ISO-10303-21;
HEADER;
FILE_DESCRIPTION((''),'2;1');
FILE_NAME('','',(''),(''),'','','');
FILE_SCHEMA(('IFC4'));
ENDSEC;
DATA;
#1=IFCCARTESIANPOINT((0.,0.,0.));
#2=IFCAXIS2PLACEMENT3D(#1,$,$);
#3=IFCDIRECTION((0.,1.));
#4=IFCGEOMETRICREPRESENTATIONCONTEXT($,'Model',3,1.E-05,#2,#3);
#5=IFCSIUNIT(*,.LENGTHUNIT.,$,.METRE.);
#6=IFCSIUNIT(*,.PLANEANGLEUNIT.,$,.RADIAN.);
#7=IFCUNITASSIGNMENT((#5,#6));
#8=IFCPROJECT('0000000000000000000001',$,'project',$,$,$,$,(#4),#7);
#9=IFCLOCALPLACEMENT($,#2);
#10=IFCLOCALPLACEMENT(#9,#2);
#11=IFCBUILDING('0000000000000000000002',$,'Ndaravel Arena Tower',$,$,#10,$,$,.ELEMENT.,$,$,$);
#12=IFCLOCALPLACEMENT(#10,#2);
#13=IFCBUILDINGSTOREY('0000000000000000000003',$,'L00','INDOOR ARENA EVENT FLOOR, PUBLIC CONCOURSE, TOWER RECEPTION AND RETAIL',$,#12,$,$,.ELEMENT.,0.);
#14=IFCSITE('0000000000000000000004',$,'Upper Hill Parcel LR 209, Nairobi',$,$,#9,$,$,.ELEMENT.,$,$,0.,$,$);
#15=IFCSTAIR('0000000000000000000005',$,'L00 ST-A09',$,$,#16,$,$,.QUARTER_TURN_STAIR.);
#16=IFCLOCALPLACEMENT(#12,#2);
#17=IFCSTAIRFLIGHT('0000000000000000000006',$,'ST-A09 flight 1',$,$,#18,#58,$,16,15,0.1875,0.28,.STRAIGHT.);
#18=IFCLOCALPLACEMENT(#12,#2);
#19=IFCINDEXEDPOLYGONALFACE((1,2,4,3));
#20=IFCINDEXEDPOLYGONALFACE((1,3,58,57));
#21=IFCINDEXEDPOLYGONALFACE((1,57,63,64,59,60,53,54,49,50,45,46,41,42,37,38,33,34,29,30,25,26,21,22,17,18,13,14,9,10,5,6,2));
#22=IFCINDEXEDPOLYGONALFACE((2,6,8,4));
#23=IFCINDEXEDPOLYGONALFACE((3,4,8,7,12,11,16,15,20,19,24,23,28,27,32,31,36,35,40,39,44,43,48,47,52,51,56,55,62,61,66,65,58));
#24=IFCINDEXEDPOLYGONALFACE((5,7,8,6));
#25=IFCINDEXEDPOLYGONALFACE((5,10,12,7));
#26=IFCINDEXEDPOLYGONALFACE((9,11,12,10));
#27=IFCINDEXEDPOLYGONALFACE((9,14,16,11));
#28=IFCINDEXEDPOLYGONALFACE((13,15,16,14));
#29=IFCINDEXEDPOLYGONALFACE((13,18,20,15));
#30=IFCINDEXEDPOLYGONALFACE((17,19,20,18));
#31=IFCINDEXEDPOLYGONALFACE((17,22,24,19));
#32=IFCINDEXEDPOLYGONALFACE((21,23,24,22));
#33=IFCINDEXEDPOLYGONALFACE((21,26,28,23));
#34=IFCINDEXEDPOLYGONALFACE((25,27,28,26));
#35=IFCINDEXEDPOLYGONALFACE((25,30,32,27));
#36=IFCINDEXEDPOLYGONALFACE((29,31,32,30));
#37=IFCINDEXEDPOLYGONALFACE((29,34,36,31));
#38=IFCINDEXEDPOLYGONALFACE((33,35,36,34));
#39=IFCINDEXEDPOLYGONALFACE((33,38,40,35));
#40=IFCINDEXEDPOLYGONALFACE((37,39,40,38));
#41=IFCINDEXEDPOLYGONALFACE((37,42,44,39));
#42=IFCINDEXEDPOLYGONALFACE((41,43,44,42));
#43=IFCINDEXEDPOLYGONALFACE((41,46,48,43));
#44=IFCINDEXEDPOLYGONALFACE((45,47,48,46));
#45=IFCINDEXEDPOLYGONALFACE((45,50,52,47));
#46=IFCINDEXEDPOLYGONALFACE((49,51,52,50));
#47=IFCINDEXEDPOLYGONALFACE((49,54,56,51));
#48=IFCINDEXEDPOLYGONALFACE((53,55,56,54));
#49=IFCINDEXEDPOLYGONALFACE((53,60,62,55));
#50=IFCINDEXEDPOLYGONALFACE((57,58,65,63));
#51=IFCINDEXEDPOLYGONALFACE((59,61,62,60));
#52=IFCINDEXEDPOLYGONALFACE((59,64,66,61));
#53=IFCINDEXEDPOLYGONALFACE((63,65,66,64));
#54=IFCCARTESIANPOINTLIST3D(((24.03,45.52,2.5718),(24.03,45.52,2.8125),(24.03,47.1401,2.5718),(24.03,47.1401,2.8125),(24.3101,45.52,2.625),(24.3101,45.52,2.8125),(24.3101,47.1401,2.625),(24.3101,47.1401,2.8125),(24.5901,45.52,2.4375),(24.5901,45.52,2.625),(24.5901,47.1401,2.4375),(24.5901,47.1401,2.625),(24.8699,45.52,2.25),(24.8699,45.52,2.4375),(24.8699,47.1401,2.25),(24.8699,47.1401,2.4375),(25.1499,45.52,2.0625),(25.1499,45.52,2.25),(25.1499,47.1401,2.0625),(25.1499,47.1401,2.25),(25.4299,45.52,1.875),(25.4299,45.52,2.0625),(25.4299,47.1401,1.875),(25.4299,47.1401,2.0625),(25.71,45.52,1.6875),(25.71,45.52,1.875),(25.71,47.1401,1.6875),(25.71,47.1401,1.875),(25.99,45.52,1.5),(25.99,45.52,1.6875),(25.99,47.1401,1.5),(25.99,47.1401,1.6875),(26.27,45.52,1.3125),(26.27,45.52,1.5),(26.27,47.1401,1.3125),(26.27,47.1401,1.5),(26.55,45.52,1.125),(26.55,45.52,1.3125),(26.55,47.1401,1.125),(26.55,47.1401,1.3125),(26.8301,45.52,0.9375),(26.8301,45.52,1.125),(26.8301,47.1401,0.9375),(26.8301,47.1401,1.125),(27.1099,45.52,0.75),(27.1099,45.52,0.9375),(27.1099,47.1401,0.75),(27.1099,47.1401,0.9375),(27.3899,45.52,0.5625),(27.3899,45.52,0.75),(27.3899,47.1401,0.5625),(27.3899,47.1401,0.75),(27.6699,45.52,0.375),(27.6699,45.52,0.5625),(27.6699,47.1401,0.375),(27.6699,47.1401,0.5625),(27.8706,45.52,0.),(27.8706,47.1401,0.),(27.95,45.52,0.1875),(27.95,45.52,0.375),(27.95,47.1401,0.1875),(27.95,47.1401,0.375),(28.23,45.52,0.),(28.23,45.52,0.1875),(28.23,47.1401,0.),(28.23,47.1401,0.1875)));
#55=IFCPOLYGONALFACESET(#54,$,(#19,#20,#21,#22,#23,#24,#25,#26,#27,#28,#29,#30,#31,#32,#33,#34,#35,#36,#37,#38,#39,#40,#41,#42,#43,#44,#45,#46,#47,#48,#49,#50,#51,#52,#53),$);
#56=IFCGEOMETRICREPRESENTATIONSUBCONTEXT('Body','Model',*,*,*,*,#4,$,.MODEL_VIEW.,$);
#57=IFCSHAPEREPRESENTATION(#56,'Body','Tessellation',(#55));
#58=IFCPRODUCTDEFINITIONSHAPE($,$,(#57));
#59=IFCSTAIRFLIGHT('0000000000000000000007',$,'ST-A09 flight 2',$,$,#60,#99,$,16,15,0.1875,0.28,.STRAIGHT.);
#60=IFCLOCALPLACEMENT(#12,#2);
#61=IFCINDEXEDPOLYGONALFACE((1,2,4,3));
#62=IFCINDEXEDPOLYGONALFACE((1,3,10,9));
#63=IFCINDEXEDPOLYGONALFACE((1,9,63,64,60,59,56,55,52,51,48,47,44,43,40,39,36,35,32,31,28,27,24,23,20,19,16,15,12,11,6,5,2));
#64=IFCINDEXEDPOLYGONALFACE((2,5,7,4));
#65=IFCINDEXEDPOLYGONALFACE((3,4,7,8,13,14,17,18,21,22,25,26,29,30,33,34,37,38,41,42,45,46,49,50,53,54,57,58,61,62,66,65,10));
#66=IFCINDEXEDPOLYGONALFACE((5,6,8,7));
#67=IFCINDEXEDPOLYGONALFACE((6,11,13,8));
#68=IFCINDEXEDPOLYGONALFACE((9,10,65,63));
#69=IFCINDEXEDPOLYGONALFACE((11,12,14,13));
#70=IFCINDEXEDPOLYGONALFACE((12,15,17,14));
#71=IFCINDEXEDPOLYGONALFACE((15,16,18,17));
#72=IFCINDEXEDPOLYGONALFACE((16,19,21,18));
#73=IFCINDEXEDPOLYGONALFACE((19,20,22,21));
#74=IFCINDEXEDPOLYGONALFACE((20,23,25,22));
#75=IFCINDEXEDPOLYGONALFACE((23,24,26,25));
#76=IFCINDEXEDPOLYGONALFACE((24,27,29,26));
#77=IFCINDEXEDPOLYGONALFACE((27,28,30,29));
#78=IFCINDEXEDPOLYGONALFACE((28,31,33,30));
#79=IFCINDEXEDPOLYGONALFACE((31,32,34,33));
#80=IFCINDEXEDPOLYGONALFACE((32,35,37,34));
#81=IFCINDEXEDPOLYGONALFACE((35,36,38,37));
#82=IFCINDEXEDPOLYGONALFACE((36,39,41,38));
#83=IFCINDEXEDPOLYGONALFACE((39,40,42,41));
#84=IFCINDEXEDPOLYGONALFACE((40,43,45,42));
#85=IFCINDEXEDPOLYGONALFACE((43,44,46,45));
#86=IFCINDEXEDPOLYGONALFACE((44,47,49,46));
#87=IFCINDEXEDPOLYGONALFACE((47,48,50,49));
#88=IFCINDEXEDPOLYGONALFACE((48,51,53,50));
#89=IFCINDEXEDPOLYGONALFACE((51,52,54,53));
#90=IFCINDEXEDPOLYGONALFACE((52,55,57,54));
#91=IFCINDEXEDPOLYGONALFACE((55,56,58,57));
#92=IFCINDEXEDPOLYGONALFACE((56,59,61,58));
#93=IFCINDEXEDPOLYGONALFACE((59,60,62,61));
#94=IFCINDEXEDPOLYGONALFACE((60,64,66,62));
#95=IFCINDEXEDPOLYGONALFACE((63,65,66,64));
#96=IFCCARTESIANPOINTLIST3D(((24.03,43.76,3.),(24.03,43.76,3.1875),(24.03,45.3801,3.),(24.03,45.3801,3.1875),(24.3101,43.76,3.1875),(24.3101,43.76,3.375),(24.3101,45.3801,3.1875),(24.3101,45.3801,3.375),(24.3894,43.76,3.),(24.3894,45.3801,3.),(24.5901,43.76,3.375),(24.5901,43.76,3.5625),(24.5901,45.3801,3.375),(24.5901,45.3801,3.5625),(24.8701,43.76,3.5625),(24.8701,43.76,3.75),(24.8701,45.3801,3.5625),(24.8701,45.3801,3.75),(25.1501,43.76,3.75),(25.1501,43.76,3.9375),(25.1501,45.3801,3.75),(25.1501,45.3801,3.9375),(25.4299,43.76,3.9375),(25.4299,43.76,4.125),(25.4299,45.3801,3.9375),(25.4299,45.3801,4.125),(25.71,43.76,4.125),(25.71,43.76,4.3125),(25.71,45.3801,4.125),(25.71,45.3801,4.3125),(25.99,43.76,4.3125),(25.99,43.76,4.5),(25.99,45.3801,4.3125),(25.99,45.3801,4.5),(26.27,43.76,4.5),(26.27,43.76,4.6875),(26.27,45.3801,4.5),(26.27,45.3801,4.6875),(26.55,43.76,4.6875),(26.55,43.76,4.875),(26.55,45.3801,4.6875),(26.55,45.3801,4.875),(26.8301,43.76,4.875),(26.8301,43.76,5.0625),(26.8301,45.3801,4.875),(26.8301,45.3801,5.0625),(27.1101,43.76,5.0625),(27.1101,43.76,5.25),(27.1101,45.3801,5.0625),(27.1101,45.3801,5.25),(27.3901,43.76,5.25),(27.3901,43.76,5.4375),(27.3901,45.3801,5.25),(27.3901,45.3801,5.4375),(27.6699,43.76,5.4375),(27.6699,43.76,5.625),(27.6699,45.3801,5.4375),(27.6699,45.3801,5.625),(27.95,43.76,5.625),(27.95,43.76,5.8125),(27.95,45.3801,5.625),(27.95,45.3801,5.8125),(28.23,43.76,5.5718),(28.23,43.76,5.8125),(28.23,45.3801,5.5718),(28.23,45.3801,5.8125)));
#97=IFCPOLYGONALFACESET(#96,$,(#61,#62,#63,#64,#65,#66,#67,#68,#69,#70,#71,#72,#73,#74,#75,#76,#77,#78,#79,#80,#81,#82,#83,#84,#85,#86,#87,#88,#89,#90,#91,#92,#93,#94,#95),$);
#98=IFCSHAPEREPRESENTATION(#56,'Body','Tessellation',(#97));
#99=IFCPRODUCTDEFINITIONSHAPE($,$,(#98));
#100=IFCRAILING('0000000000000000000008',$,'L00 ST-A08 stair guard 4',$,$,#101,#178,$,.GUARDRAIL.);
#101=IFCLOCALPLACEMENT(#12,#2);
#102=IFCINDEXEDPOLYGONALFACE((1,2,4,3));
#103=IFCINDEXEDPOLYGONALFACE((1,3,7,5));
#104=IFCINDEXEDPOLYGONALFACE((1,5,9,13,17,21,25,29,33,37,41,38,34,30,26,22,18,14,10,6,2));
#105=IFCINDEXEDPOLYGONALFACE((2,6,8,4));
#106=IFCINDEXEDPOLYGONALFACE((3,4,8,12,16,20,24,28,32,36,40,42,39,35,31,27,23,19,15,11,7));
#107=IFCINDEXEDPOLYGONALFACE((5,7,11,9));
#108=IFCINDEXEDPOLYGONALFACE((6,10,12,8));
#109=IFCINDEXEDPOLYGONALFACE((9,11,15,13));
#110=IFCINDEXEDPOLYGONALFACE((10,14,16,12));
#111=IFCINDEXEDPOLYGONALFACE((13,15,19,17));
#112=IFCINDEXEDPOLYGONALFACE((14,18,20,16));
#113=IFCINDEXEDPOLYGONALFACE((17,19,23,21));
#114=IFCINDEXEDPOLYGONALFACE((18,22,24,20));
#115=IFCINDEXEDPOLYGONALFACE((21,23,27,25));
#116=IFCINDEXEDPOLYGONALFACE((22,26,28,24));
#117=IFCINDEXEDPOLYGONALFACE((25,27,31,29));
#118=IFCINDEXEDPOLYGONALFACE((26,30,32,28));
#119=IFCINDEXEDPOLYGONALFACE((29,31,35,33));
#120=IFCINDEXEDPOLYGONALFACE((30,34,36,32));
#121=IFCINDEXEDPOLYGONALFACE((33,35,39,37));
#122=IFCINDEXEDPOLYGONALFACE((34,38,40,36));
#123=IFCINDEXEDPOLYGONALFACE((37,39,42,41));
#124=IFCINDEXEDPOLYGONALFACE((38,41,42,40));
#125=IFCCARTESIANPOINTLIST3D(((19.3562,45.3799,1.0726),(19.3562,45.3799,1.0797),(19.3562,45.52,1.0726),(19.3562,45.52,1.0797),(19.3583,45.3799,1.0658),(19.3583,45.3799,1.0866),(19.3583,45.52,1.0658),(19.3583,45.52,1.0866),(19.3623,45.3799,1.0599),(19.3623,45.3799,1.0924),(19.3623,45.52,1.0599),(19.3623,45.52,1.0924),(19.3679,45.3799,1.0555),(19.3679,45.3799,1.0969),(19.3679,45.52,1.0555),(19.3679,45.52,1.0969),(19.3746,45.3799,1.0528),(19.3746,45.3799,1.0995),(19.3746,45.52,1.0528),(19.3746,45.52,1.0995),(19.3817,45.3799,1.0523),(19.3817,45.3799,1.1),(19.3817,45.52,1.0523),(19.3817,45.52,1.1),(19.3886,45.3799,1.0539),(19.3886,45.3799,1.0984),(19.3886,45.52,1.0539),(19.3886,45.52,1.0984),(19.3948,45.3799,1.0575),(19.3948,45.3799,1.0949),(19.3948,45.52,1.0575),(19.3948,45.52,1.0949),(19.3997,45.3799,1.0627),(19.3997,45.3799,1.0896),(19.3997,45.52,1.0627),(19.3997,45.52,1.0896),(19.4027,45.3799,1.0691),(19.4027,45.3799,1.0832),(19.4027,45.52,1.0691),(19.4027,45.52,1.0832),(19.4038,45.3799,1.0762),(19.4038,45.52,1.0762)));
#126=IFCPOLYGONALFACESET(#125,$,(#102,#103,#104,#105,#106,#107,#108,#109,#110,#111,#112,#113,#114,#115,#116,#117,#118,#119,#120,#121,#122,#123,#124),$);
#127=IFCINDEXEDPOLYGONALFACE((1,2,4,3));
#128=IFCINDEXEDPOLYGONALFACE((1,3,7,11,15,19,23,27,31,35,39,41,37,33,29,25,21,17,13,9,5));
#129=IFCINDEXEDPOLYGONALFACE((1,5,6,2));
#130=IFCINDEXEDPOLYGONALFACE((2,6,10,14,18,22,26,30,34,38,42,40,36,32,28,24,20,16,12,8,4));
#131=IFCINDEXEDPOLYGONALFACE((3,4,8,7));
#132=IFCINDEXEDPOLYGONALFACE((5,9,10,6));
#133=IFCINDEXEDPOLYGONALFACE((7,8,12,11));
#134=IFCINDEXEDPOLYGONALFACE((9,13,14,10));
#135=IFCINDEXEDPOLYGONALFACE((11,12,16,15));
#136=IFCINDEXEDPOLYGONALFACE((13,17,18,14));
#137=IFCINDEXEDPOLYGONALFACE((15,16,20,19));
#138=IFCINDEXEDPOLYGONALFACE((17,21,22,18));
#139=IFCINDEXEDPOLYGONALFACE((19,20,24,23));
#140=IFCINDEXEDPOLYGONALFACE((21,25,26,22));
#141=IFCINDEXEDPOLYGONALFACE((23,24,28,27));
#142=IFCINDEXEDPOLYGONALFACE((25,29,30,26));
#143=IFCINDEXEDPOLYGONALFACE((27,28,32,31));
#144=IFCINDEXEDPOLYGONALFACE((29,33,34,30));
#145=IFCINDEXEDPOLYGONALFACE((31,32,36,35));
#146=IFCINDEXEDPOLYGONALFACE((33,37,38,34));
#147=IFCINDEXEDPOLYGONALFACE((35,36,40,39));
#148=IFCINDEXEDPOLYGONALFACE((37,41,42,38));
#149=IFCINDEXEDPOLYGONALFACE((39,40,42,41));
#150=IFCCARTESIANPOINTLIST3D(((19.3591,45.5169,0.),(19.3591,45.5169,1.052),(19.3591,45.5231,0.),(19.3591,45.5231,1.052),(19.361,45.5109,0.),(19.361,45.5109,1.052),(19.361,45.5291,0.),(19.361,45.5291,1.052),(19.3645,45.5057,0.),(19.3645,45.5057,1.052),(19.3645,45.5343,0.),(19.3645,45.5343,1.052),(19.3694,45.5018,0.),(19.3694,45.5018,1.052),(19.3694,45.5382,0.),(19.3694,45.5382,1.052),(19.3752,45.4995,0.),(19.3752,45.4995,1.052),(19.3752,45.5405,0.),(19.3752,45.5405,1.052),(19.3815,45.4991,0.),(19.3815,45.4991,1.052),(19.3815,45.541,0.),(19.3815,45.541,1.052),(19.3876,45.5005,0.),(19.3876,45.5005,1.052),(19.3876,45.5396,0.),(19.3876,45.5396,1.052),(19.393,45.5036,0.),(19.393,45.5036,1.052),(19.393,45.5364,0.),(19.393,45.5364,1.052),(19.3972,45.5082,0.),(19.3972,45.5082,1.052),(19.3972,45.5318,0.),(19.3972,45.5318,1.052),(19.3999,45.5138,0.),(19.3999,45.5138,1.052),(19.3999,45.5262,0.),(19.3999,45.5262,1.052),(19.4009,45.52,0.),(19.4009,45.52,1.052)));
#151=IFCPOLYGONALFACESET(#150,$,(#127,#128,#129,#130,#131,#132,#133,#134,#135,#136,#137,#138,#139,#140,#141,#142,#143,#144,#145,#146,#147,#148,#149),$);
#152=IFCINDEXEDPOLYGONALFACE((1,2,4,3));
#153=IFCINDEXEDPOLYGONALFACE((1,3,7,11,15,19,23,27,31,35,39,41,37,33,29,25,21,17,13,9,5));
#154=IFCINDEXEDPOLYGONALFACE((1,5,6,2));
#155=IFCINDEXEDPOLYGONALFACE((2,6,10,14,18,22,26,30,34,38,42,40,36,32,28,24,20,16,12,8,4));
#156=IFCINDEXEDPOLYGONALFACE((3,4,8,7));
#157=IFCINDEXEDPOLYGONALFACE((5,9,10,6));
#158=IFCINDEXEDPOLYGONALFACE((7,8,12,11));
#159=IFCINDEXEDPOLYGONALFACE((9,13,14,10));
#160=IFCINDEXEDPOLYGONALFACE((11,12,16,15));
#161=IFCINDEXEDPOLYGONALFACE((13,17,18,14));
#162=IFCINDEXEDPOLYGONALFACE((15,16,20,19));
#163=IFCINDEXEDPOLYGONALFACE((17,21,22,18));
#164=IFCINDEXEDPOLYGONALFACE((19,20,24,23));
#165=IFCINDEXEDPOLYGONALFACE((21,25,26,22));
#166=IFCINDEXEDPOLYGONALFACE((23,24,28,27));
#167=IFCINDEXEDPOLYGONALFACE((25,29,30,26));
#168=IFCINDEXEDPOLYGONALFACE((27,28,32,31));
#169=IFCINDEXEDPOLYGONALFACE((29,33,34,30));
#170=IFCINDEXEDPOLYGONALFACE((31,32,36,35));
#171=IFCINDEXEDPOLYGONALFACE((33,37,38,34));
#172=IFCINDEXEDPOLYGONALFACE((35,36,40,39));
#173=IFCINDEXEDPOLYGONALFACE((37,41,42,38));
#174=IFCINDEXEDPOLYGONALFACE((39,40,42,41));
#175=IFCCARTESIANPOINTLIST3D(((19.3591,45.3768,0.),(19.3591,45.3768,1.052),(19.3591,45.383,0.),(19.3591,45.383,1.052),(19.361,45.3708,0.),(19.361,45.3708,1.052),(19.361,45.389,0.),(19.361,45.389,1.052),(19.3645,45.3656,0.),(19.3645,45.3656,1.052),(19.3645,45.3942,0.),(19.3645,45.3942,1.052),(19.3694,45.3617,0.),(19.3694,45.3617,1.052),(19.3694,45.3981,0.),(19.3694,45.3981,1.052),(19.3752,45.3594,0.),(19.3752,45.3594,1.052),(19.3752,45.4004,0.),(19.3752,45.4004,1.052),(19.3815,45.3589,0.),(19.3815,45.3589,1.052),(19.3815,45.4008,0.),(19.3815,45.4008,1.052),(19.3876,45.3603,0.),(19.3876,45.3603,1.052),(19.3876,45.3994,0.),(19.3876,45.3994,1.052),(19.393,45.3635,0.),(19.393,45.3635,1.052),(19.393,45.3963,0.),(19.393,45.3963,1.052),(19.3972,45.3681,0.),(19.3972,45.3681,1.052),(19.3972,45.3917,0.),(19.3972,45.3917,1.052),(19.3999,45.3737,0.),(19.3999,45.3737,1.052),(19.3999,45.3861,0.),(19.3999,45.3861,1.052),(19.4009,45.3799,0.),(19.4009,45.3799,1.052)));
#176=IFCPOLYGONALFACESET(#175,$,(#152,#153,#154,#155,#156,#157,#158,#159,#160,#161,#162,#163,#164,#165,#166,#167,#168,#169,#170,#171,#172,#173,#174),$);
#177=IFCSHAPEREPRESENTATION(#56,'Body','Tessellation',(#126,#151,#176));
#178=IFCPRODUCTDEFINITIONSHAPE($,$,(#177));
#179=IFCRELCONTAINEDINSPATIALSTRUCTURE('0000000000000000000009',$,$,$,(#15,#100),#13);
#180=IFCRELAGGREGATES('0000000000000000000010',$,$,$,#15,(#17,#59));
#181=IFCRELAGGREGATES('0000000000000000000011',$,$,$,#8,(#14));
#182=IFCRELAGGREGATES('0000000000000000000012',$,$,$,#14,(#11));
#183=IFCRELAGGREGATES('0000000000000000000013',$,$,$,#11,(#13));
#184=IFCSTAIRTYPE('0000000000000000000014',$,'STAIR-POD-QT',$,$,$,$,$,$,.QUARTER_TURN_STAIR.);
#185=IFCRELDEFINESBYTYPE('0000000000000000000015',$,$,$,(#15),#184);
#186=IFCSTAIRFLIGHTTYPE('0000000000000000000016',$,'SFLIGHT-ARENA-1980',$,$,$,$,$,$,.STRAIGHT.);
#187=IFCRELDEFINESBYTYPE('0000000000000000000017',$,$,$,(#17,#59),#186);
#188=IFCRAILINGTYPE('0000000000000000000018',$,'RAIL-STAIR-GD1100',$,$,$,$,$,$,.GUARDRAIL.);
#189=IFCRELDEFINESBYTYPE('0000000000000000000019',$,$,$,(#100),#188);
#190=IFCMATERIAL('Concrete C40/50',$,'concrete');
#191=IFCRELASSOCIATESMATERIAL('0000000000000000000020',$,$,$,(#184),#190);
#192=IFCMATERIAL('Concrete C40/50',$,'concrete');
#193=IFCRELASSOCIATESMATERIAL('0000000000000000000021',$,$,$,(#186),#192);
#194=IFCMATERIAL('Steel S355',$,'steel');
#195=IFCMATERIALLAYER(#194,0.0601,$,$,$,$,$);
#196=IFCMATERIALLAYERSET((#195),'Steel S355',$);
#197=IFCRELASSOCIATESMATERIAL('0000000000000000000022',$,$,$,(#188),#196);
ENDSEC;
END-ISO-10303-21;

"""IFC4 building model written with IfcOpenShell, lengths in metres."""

from ifc_helpers import new_model, si_unit, direction, frame, origin, origin_2d, place, context, subcontext, project, spatial, polyline, circle, outline, extrude, material, layer, layer_set, type_object, element, aggregate, save


model = new_model("IFC4")

# Units and contexts
model_context = context("Model", 3, precision=1e-05, world=origin(), true_north=direction((0.0, 1.0)))
body_context = subcontext(model_context, "Body", "Model", "MODEL_VIEW")
ifc_project = project(units=[si_unit("LENGTHUNIT", "METRE"), si_unit("PLANEANGLEUNIT", "RADIAN")], contexts=[model_context])

# Site, building, storey
site_placement = place(None, origin())
site = spatial("IfcSite", under=ifc_project, at=site_placement, Name="Upper Hill Parcel LR 209, Nairobi", CompositionType="ELEMENT", RefElevation=0.0)
building_placement = place(site_placement, origin())
building = spatial("IfcBuilding", under=site, at=building_placement, Name="Ndaravel Arena Tower", CompositionType="ELEMENT")
storey_placement = place(building_placement, origin())
storey = spatial("IfcBuildingStorey", under=building, at=storey_placement, Name="L00", Description="INDOOR ARENA EVENT FLOOR, PUBLIC CONCOURSE, TOWER RECEPTION AND RETAIL", CompositionType="ELEMENT", Elevation=0.0)

# Shared definitions
ifc_material_1 = material(Name="Concrete C40/50", Category="concrete")
stair_type = type_object("IfcStairType", Name="STAIR-POD-QT", PredefinedType="QUARTER_TURN_STAIR", material=ifc_material_1)
ifc_material_2 = material(Name="Concrete C40/50", Category="concrete")
stair_flight_type = type_object("IfcStairFlightType", Name="SFLIGHT-ARENA-1980", PredefinedType="STRAIGHT", material=ifc_material_2)

# Stair, stair flights
stair_1_placement = place(storey_placement, origin())
stair_1 = element("IfcStair", 1, at=stair_1_placement, inside=storey, type_object=stair_type, Name="L00 ST-A09", PredefinedType="QUARTER_TURN_STAIR")
stair_flight_1_placement = place(storey_placement, frame((28.23, 46.3301, 0.0), z_axis=(0.0, 0.0, 1.0), x_axis=(-1.0, 0.0, 0.0)))
stair_flight_1 = element("IfcStairFlight", 2, at=stair_flight_1_placement, type_object=stair_flight_type, Name="ST-A09 flight 1", NumberOfRisers=16, NumberOfTreads=15, PredefinedType="STRAIGHT", RiserHeight=0.1875, TreadLength=0.28, context=body_context, shape_type="SweptSolid", body=[
    extrude(outline(polyline([(0.0, 0.0), (0.0, 0.1875), (0.28, 0.1875), (0.28, 0.375), (0.5601, 0.375), (0.5601, 0.5625), (0.8401, 0.5625), (0.8401, 0.75), (1.1201, 0.75), (1.1201, 0.9375), (1.3999, 0.9375), (1.3999, 1.125), (1.6799, 1.125), (1.6799, 1.3125), (1.96, 1.3125), (1.96, 1.5), (2.24, 1.5), (2.24, 1.6875), (2.52, 1.6875), (2.52, 1.875), (2.8, 1.875), (2.8, 2.0625), (3.0801, 2.0625), (3.0801, 2.25), (3.3601, 2.25), (3.3601, 2.4375), (3.6399, 2.4375), (3.6399, 2.625), (3.9199, 2.625), (3.9199, 2.8125), (4.2, 2.8125), (4.2, 3.0), (4.2, 2.5718), (0.3594, 0.0), (0.0, 0.0)])), frame((0.0, 0.8101, 0.0), z_axis=(0.0, -1.0, 0.0), x_axis=(1.0, 0.0, 0.0)), (0.0, 0.0, 1.0), 1.6201),
])
stair_flight_2_placement = place(storey_placement, frame((24.03, 44.5701, 3.0), z_axis=(0.0, 0.0, 1.0), x_axis=(1.0, 0.0, 0.0)))
stair_flight_2 = element("IfcStairFlight", 3, at=stair_flight_2_placement, type_object=stair_flight_type, Name="ST-A09 flight 2", NumberOfRisers=16, NumberOfTreads=15, PredefinedType="STRAIGHT", RiserHeight=0.1875, TreadLength=0.28, context=body_context, shape_type="SweptSolid", body=[
    extrude(outline(polyline([(0.0, 0.0), (0.0, 0.1875), (0.28, 0.1875), (0.28, 0.375), (0.5601, 0.375), (0.5601, 0.5625), (0.8401, 0.5625), (0.8401, 0.75), (1.1201, 0.75), (1.1201, 0.9375), (1.3999, 0.9375), (1.3999, 1.125), (1.6799, 1.125), (1.6799, 1.3125), (1.96, 1.3125), (1.96, 1.5), (2.24, 1.5), (2.24, 1.6875), (2.52, 1.6875), (2.52, 1.875), (2.8, 1.875), (2.8, 2.0625), (3.0801, 2.0625), (3.0801, 2.25), (3.3601, 2.25), (3.3601, 2.4375), (3.6399, 2.4375), (3.6399, 2.625), (3.9199, 2.625), (3.9199, 2.8125), (4.2, 2.8125), (4.2, 3.0), (4.2, 2.5718), (0.3594, 0.0), (0.0, 0.0)])), frame((0.0, 0.8101, 0.0), z_axis=(0.0, -1.0, 0.0), x_axis=(1.0, 0.0, 0.0)), (0.0, 0.0, 1.0), 1.6201),
])
aggregate(stair_1, [stair_flight_1, stair_flight_2])

# Railing
ifc_material_3 = material(Name="Steel S355", Category="steel")
ifc_layer_1 = layer(ifc_material_3, 0.0601)
ifc_layer_set_1 = layer_set([ifc_layer_1], Name="Steel S355")
railing_type_1 = type_object("IfcRailingType", Name="RAIL-STAIR-GD1100", PredefinedType="GUARDRAIL", material=ifc_layer_set_1)
railing_1_placement = place(storey_placement, frame((19.3799, 45.52, 0.0)))
element("IfcRailing", 4, at=railing_1_placement, inside=storey, type_object=railing_type_1, Name="L00 ST-A08 stair guard 4", PredefinedType="GUARDRAIL", context=body_context, shape_type="SweptSolid", body=[
    extrude(circle(Radius=0.0239, at=origin_2d()), frame((0.0, 0.0, 1.0762), z_axis=(0.0, -1.0, 0.0), x_axis=(1.0, 0.0, 0.0)), (0.0, 0.0, 1.0), 0.1401),
    extrude(circle(Radius=0.021, at=origin_2d()), origin(), (0.0, 0.0, 1.0), 1.052),
    extrude(circle(Radius=0.021, at=origin_2d()), frame((0.0, -0.1401, 0.0)), (0.0, 0.0, 1.0), 1.052),
])

save(model, "model.ifc")
